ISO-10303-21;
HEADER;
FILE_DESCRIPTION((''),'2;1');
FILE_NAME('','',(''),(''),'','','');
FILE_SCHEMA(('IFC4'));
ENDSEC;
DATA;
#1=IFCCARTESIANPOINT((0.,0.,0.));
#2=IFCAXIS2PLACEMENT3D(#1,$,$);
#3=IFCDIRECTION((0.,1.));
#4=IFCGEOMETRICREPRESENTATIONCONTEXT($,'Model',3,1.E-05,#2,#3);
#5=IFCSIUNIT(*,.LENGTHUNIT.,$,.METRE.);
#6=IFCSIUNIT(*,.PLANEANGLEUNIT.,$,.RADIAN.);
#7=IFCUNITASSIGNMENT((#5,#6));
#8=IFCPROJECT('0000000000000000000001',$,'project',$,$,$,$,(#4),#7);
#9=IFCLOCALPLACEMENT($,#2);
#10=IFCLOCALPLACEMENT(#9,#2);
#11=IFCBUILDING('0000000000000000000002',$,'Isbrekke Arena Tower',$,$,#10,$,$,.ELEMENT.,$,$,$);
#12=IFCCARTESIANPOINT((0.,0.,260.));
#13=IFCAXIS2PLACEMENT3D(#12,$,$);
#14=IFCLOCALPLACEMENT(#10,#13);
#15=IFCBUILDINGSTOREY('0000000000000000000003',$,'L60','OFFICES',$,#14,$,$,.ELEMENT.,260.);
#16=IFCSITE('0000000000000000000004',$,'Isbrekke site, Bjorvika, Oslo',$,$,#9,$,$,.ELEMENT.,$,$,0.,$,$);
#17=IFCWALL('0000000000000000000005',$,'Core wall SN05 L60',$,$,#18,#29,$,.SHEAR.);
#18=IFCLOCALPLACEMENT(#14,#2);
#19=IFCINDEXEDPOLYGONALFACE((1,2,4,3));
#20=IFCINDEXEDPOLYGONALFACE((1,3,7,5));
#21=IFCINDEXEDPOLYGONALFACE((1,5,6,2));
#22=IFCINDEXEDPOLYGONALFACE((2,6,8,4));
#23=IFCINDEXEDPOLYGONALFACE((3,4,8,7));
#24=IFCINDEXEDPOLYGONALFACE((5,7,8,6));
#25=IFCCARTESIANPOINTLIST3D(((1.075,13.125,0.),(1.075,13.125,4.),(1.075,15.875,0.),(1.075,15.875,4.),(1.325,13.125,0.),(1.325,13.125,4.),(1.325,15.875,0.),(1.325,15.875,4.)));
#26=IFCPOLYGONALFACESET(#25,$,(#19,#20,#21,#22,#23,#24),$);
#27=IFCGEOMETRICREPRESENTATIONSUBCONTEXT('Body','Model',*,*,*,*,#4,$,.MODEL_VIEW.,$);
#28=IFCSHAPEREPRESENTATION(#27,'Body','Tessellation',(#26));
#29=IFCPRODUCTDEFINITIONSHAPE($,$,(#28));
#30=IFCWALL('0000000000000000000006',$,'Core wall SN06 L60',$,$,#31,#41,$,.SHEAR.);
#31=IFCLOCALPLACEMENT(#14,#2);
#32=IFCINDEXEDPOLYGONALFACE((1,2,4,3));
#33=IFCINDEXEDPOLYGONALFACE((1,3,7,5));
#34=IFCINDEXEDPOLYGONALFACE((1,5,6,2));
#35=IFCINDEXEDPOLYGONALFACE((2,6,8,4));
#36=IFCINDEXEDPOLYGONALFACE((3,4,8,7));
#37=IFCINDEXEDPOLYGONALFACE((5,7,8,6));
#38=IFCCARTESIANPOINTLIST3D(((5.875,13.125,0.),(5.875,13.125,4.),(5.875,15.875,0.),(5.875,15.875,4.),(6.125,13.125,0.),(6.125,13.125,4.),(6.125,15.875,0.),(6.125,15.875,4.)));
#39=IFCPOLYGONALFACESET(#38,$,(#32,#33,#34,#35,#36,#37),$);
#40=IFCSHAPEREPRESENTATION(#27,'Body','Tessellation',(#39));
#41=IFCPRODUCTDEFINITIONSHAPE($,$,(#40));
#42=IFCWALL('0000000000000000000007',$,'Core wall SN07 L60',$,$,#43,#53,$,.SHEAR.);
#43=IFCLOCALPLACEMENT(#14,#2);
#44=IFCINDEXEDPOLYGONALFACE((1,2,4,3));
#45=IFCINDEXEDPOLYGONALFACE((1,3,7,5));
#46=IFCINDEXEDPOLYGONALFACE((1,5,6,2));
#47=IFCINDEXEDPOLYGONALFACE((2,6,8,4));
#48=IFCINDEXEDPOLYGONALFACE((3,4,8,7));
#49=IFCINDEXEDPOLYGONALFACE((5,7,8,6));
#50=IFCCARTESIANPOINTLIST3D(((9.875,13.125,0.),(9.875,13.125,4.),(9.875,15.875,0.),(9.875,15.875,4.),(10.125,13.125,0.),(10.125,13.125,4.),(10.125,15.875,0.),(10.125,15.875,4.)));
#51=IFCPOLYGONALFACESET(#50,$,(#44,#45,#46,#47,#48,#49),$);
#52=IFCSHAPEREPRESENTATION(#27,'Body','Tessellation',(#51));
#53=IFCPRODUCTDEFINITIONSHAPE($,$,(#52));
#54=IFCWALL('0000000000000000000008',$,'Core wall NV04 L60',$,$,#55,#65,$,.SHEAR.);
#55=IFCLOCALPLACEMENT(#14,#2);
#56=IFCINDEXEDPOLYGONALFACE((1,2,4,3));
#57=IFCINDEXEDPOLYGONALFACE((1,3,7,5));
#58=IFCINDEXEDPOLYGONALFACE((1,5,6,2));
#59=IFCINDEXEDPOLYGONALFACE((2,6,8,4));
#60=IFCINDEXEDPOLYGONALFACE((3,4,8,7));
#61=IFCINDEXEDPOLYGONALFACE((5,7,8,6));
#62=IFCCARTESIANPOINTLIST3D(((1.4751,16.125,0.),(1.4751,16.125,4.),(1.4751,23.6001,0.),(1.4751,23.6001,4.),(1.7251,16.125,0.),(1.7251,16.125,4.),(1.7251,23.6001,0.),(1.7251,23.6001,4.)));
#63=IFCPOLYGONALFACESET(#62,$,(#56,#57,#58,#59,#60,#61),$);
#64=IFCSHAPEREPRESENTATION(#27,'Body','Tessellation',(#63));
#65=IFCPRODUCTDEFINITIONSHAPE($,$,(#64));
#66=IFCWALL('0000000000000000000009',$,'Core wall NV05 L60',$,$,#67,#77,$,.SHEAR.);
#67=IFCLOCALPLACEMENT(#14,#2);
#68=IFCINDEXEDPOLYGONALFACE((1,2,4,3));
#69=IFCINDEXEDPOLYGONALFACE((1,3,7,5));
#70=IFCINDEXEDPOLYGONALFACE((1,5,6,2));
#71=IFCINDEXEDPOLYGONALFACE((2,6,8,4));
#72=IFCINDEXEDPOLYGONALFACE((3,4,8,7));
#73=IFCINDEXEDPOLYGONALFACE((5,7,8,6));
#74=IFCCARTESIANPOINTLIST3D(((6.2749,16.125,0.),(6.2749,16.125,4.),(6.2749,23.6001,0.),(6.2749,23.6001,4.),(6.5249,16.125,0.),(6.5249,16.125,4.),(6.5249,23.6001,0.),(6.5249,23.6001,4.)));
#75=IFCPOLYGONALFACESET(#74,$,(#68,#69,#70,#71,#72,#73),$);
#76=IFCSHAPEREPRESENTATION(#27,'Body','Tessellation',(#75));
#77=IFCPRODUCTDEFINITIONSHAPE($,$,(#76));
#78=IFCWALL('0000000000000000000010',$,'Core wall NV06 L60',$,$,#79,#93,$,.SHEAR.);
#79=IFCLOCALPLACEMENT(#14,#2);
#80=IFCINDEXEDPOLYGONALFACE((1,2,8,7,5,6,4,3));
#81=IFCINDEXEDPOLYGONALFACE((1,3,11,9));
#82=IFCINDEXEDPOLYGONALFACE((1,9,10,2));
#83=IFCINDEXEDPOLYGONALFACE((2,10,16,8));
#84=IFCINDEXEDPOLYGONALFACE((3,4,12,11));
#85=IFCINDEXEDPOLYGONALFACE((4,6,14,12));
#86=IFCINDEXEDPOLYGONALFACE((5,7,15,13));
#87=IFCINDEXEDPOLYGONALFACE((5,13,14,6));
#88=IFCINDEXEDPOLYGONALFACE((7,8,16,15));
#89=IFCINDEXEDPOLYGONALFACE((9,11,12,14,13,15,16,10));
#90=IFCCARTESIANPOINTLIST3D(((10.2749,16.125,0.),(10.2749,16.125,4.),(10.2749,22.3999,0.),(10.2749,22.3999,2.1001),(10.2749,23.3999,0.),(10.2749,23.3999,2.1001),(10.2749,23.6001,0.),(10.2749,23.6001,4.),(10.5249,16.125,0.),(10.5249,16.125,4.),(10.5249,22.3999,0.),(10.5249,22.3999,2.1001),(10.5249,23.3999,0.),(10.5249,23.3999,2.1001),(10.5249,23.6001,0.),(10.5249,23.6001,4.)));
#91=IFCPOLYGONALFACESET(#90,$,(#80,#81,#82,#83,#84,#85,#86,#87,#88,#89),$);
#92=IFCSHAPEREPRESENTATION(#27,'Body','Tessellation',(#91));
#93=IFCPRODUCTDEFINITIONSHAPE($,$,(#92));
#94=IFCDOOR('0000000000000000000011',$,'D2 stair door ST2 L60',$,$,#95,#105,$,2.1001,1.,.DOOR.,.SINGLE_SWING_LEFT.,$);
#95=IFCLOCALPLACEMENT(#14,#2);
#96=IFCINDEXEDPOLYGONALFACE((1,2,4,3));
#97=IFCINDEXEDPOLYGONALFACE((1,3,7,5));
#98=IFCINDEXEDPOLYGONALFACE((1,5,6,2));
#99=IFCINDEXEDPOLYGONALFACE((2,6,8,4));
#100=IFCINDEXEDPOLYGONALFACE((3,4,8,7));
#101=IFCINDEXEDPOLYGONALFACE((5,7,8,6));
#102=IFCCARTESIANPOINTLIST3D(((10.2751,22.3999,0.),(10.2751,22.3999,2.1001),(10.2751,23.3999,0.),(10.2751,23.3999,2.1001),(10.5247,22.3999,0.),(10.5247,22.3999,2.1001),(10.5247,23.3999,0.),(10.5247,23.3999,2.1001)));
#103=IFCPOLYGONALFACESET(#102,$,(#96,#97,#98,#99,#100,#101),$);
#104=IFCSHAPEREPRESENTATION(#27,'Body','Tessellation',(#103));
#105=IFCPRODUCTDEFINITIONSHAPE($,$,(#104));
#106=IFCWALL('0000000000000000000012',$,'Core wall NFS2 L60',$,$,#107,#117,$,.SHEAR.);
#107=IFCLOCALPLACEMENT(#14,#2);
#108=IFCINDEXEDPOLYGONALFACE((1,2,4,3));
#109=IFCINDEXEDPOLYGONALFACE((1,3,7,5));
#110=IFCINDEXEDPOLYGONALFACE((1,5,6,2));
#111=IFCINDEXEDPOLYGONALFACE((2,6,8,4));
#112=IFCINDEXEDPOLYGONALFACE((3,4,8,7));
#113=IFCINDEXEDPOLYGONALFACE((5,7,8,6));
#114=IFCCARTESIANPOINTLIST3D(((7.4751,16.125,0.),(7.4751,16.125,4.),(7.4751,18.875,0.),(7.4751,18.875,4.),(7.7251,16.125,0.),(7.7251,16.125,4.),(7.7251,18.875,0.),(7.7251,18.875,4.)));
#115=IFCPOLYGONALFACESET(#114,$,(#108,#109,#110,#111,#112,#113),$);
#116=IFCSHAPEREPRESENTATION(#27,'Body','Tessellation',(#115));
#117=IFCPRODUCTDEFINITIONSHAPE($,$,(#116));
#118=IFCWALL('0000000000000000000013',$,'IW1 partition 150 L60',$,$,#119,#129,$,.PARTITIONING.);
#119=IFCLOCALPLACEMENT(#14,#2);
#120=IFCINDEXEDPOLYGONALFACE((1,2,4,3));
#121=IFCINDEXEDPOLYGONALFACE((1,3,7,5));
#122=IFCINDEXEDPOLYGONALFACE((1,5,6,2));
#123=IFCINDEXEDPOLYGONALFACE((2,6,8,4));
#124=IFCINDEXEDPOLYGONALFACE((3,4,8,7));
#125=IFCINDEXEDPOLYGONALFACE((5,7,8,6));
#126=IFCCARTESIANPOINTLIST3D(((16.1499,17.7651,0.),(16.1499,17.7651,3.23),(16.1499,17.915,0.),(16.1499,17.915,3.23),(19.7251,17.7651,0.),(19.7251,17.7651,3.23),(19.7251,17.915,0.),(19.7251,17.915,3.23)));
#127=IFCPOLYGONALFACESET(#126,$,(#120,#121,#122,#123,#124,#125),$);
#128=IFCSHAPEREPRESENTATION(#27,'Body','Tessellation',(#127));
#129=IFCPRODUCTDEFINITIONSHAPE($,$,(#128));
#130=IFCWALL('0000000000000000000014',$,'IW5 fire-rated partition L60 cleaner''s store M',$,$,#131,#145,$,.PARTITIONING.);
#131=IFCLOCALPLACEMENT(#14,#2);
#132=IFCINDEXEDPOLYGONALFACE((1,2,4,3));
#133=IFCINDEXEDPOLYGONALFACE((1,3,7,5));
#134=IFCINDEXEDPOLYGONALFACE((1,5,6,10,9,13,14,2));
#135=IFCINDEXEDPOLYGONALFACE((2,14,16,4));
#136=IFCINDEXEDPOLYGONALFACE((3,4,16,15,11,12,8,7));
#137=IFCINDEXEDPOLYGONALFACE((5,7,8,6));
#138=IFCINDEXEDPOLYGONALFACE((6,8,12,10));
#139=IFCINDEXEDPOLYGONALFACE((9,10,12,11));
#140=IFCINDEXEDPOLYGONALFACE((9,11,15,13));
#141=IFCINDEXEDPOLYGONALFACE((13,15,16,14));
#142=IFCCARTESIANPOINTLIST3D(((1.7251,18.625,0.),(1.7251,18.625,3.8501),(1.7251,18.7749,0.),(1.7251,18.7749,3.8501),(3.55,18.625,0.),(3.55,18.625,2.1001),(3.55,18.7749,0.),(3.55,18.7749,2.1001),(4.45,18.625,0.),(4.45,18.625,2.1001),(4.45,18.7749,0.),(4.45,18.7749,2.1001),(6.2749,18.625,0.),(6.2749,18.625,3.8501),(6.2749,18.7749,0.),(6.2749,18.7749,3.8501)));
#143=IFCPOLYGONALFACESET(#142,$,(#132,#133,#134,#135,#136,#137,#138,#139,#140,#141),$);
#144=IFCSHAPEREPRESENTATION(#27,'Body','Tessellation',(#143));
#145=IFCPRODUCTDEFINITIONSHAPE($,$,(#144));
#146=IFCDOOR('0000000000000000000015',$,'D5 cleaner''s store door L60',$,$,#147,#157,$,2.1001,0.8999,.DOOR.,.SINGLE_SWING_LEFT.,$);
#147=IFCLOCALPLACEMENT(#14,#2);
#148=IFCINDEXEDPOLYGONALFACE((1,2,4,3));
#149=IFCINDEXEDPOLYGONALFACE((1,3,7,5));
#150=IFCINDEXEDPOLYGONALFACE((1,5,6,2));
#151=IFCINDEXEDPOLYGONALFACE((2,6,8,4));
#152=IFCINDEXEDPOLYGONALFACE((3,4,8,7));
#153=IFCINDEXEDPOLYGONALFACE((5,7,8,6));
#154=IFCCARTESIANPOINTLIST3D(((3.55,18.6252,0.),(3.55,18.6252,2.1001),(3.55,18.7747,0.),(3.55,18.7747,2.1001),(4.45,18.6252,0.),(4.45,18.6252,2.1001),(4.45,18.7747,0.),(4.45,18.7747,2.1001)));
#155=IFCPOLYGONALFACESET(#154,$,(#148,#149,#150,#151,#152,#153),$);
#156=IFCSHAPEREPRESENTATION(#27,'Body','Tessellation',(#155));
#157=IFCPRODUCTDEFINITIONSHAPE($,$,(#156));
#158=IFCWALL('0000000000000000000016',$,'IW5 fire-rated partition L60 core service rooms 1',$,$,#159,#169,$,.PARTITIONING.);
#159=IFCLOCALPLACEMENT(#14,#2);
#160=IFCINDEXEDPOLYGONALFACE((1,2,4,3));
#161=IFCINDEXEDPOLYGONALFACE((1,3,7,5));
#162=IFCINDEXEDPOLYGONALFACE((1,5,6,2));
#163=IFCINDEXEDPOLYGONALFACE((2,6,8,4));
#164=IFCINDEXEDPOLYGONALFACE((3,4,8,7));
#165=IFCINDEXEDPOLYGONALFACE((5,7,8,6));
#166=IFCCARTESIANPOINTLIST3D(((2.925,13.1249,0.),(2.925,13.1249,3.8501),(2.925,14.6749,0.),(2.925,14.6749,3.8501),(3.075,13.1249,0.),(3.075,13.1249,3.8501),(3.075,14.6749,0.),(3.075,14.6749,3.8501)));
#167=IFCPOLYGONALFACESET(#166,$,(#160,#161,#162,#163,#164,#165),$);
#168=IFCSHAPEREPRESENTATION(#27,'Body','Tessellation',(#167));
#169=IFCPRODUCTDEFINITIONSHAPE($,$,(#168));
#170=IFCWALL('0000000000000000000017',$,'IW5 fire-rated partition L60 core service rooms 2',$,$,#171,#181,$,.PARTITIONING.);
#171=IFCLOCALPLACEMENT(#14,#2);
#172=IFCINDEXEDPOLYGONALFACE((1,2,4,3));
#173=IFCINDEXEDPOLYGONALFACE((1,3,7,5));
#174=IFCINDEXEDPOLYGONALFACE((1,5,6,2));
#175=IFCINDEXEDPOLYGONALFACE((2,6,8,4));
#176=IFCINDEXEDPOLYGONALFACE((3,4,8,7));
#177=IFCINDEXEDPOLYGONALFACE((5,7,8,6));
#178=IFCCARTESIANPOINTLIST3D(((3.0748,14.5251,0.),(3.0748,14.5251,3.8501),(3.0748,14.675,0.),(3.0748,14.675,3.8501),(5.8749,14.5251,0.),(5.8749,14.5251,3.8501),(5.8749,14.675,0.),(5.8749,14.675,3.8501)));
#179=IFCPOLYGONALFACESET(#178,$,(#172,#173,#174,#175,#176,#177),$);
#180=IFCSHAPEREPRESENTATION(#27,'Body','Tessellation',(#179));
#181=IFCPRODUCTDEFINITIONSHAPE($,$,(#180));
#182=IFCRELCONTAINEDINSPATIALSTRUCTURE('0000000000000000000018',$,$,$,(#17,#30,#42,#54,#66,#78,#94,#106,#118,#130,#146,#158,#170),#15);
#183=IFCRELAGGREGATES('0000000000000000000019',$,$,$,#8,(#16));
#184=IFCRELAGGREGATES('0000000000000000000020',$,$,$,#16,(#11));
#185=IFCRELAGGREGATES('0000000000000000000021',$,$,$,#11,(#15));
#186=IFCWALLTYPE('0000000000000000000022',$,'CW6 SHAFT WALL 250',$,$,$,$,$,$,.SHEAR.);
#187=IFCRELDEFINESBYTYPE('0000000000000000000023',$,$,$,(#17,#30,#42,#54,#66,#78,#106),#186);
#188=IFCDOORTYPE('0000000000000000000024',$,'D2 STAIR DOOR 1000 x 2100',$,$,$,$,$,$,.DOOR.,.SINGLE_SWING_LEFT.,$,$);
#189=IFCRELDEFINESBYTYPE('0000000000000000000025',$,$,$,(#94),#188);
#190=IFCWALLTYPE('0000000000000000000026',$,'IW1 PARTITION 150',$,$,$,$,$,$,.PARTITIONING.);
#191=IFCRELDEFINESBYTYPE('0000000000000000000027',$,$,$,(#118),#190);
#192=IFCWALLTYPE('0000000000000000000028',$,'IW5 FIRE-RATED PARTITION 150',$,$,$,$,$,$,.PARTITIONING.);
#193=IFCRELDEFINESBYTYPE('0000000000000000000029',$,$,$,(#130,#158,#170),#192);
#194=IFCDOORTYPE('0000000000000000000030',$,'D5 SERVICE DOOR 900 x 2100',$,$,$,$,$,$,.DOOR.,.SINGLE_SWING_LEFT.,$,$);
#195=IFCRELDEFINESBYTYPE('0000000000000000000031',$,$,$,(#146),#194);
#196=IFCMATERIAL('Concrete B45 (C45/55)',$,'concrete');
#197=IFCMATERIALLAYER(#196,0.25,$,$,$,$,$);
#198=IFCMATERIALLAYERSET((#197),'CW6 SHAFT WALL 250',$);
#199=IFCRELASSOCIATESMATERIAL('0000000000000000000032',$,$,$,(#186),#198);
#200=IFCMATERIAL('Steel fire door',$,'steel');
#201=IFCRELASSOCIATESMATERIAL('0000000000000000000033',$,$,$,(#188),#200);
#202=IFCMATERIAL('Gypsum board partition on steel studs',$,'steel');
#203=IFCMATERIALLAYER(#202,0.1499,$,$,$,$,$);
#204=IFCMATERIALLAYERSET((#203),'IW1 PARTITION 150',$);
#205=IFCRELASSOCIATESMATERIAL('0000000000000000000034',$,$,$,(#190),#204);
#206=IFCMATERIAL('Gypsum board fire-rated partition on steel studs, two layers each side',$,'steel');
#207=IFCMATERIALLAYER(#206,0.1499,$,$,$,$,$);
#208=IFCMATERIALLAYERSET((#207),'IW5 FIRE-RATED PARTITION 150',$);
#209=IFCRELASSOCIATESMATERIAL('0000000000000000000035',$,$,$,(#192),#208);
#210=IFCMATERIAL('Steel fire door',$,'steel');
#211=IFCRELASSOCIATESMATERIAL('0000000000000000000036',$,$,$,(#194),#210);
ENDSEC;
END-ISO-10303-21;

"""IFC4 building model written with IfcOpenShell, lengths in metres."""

from ifc_helpers import new_model, si_unit, direction, frame, frame_2d, origin, place, context, subcontext, project, spatial, rectangle, extrude, material, layer, layer_set, type_object, element, fill, save


model = new_model("IFC4")

# Units and contexts
model_context = context("Model", 3, precision=1e-05, world=origin(), true_north=direction((0.0, 1.0)))
body_context = subcontext(model_context, "Body", "Model", "MODEL_VIEW")
ifc_project = project(units=[si_unit("LENGTHUNIT", "METRE"), si_unit("PLANEANGLEUNIT", "RADIAN")], contexts=[model_context])

# Site, building, storey
site_placement = place(None, origin())
site = spatial("IfcSite", under=ifc_project, at=site_placement, Name="Isbrekke site, Bjorvika, Oslo", CompositionType="ELEMENT", RefElevation=0.0)
building_placement = place(site_placement, origin())
building = spatial("IfcBuilding", under=site, at=building_placement, Name="Isbrekke Arena Tower", CompositionType="ELEMENT")
storey_placement = place(building_placement, frame((0.0, 0.0, 260.0)))
storey = spatial("IfcBuildingStorey", under=building, at=storey_placement, Name="L60", Description="OFFICES", CompositionType="ELEMENT", Elevation=260.0)

# Walls
ifc_material_1 = material(Name="Concrete B45 (C45/55)", Category="concrete")
ifc_layer_1 = layer(ifc_material_1, 0.25)
ifc_layer_set_1 = layer_set([ifc_layer_1], Name="CW6 SHAFT WALL 250")
wall_type_1 = type_object("IfcWallType", Name="CW6 SHAFT WALL 250", PredefinedType="SHEAR", material=ifc_layer_set_1)
for number, where, z_axis, x_axis, name in (
    (1, (1.2, 13.125, 0.0), (0.0, 0.0, 1.0), (0.0, 1.0, 0.0), "Core wall SN05 L60"),
    (2, (6.0, 13.125, 0.0), (0.0, 0.0, 1.0), (0.0, 1.0, 0.0), "Core wall SN06 L60"),
    (3, (10.0, 13.125, 0.0), (0.0, 0.0, 1.0), (0.0, 1.0, 0.0), "Core wall SN07 L60"),
):
    element("IfcWall", number, at=place(storey_placement, frame(where, z_axis=z_axis, x_axis=x_axis)), inside=storey, type_object=wall_type_1, Name=name, PredefinedType="SHEAR", context=body_context, shape_type="SweptSolid", body=[
        extrude(rectangle(XDim=2.75, YDim=0.25, at=frame_2d((1.375, 0.0))), origin(), (0.0, 0.0, 1.0), 4.0),
    ])
for number, where, z_axis, x_axis, name in (
    (4, (1.6001, 16.125, 0.0), (0.0, 0.0, 1.0), (0.0, 1.0, 0.0), "Core wall NV04 L60"),
    (5, (6.3999, 16.125, 0.0), (0.0, 0.0, 1.0), (0.0, 1.0, 0.0), "Core wall NV05 L60"),
):
    element("IfcWall", number, at=place(storey_placement, frame(where, z_axis=z_axis, x_axis=x_axis)), inside=storey, type_object=wall_type_1, Name=name, PredefinedType="SHEAR", context=body_context, shape_type="SweptSolid", body=[
        extrude(rectangle(XDim=7.4751, YDim=0.25, at=frame_2d((3.7375, 0.0))), origin(), (0.0, 0.0, 1.0), 4.0),
    ])

# Wall, opening, door
wall_1_placement = place(storey_placement, frame((10.3999, 16.125, 0.0), z_axis=(0.0, 0.0, 1.0), x_axis=(0.0, 1.0, 0.0)))
wall_1 = element("IfcWall", 6, at=wall_1_placement, inside=storey, type_object=wall_type_1, Name="Core wall NV06 L60", PredefinedType="SHEAR", context=body_context, shape_type="SweptSolid", body=[
    extrude(rectangle(XDim=7.4751, YDim=0.25, at=frame_2d((3.7375, 0.0))), origin(), (0.0, 0.0, 1.0), 4.0),
])
opening_1_placement = place(wall_1_placement, frame((6.2749, 0.0, 0.0)))
opening_1 = element("IfcOpeningElement", 7, at=opening_1_placement, cuts=wall_1, PredefinedType="OPENING", context=body_context, shape_type="SweptSolid", body=[
    extrude(rectangle(XDim=1.0, YDim=2.1001, at=frame_2d((0.5, 1.05))), frame((0.0, 0.1399, 0.0), z_axis=(0.0, -1.0, 0.0), x_axis=(1.0, 0.0, 0.0)), (0.0, 0.0, 1.0), 0.2798),
])
ifc_material_2 = material(Name="Steel fire door", Category="steel")
door_type_1 = type_object("IfcDoorType", Name="D2 STAIR DOOR 1000 x 2100", OperationType="SINGLE_SWING_LEFT", PredefinedType="DOOR", material=ifc_material_2)
door_1_placement = place(opening_1_placement, origin())
door_1 = element("IfcDoor", 8, at=door_1_placement, inside=storey, type_object=door_type_1, Name="D2 stair door ST2 L60", OperationType="SINGLE_SWING_LEFT", OverallHeight=2.1001, OverallWidth=1.0, PredefinedType="DOOR", context=body_context, shape_type="SweptSolid", body=[
    extrude(rectangle(XDim=1.0, YDim=2.1001, at=frame_2d((0.5, 1.05))), frame((0.0, 0.1248, 0.0), z_axis=(0.0, -1.0, 0.0), x_axis=(1.0, 0.0, 0.0)), (0.0, 0.0, 1.0), 0.2495),
])
fill(opening_1, door_1)

# Walls
wall_2_placement = place(storey_placement, frame((7.6001, 16.125, 0.0), z_axis=(0.0, 0.0, 1.0), x_axis=(0.0, 1.0, 0.0)))
element("IfcWall", 9, at=wall_2_placement, inside=storey, type_object=wall_type_1, Name="Core wall NFS2 L60", PredefinedType="SHEAR", context=body_context, shape_type="SweptSolid", body=[
    extrude(rectangle(XDim=2.75, YDim=0.25, at=frame_2d((1.375, 0.0))), origin(), (0.0, 0.0, 1.0), 4.0),
])
ifc_material_3 = material(Name="Gypsum board partition on steel studs", Category="steel")
ifc_layer_2 = layer(ifc_material_3, 0.1499)
ifc_layer_set_2 = layer_set([ifc_layer_2], Name="IW1 PARTITION 150")
wall_type_2 = type_object("IfcWallType", Name="IW1 PARTITION 150", PredefinedType="PARTITIONING", material=ifc_layer_set_2)
wall_3_placement = place(storey_placement, frame((16.1499, 17.8401, 0.0), z_axis=(0.0, 0.0, 1.0), x_axis=(1.0, 0.0, 0.0)))
element("IfcWall", 10, at=wall_3_placement, inside=storey, type_object=wall_type_2, Name="IW1 partition 150 L60", PredefinedType="PARTITIONING", context=body_context, shape_type="SweptSolid", body=[
    extrude(rectangle(XDim=3.5752, YDim=0.1499, at=frame_2d((1.7876, 0.0))), origin(), (0.0, 0.0, 1.0), 3.23),
])

# Wall, opening, door
ifc_material_4 = material(Name="Gypsum board fire-rated partition on steel studs, two layers each side", Category="steel")
ifc_layer_3 = layer(ifc_material_4, 0.1499)
ifc_layer_set_3 = layer_set([ifc_layer_3], Name="IW5 FIRE-RATED PARTITION 150")
wall_type_3 = type_object("IfcWallType", Name="IW5 FIRE-RATED PARTITION 150", PredefinedType="PARTITIONING", material=ifc_layer_set_3)
wall_4_placement = place(storey_placement, frame((1.7251, 18.7, 0.0), z_axis=(0.0, 0.0, 1.0), x_axis=(1.0, 0.0, 0.0)))
wall_4 = element("IfcWall", 11, at=wall_4_placement, inside=storey, type_object=wall_type_3, Name="IW5 fire-rated partition L60 cleaner's store M", PredefinedType="PARTITIONING", context=body_context, shape_type="SweptSolid", body=[
    extrude(rectangle(XDim=4.5498, YDim=0.1499, at=frame_2d((2.2749, 0.0))), origin(), (0.0, 0.0, 1.0), 3.8501),
])
opening_2_placement = place(wall_4_placement, frame((1.825, 0.0, 0.0)))
opening_2 = element("IfcOpeningElement", 12, at=opening_2_placement, cuts=wall_4, PredefinedType="OPENING", context=body_context, shape_type="SweptSolid", body=[
    extrude(rectangle(XDim=0.8999, YDim=2.1001, at=frame_2d((0.45, 1.05))), frame((0.0, 0.0898, 0.0), z_axis=(0.0, -1.0, 0.0), x_axis=(1.0, 0.0, 0.0)), (0.0, 0.0, 1.0), 0.1797),
])
ifc_material_5 = material(Name="Steel fire door", Category="steel")
door_type_2 = type_object("IfcDoorType", Name="D5 SERVICE DOOR 900 x 2100", OperationType="SINGLE_SWING_LEFT", PredefinedType="DOOR", material=ifc_material_5)
door_2_placement = place(opening_2_placement, origin())
door_2 = element("IfcDoor", 13, at=door_2_placement, inside=storey, type_object=door_type_2, Name="D5 cleaner's store door L60", OperationType="SINGLE_SWING_LEFT", OverallHeight=2.1001, OverallWidth=0.8999, PredefinedType="DOOR", context=body_context, shape_type="SweptSolid", body=[
    extrude(rectangle(XDim=0.8999, YDim=2.1001, at=frame_2d((0.45, 1.05))), frame((0.0, 0.0747, 0.0), z_axis=(0.0, -1.0, 0.0), x_axis=(1.0, 0.0, 0.0)), (0.0, 0.0, 1.0), 0.1494),
])
fill(opening_2, door_2)

# Walls
wall_5_placement = place(storey_placement, frame((3.0, 13.125, 0.0), z_axis=(0.0, 0.0, 1.0), x_axis=(0.0, 1.0, 0.0)))
element("IfcWall", 14, at=wall_5_placement, inside=storey, type_object=wall_type_3, Name="IW5 fire-rated partition L60 core service rooms 1", PredefinedType="PARTITIONING", context=body_context, shape_type="SweptSolid", body=[
    extrude(rectangle(XDim=1.55, YDim=0.1499, at=frame_2d((0.7749, 0.0))), origin(), (0.0, 0.0, 1.0), 3.8501),
])
wall_6_placement = place(storey_placement, frame((3.075, 14.6001, 0.0), z_axis=(0.0, 0.0, 1.0), x_axis=(1.0, 0.0, 0.0)))
element("IfcWall", 15, at=wall_6_placement, inside=storey, type_object=wall_type_3, Name="IW5 fire-rated partition L60 core service rooms 2", PredefinedType="PARTITIONING", context=body_context, shape_type="SweptSolid", body=[
    extrude(rectangle(XDim=2.8, YDim=0.1499, at=frame_2d((1.3999, 0.0))), origin(), (0.0, 0.0, 1.0), 3.8501),
])

save(model, "model.ifc")
